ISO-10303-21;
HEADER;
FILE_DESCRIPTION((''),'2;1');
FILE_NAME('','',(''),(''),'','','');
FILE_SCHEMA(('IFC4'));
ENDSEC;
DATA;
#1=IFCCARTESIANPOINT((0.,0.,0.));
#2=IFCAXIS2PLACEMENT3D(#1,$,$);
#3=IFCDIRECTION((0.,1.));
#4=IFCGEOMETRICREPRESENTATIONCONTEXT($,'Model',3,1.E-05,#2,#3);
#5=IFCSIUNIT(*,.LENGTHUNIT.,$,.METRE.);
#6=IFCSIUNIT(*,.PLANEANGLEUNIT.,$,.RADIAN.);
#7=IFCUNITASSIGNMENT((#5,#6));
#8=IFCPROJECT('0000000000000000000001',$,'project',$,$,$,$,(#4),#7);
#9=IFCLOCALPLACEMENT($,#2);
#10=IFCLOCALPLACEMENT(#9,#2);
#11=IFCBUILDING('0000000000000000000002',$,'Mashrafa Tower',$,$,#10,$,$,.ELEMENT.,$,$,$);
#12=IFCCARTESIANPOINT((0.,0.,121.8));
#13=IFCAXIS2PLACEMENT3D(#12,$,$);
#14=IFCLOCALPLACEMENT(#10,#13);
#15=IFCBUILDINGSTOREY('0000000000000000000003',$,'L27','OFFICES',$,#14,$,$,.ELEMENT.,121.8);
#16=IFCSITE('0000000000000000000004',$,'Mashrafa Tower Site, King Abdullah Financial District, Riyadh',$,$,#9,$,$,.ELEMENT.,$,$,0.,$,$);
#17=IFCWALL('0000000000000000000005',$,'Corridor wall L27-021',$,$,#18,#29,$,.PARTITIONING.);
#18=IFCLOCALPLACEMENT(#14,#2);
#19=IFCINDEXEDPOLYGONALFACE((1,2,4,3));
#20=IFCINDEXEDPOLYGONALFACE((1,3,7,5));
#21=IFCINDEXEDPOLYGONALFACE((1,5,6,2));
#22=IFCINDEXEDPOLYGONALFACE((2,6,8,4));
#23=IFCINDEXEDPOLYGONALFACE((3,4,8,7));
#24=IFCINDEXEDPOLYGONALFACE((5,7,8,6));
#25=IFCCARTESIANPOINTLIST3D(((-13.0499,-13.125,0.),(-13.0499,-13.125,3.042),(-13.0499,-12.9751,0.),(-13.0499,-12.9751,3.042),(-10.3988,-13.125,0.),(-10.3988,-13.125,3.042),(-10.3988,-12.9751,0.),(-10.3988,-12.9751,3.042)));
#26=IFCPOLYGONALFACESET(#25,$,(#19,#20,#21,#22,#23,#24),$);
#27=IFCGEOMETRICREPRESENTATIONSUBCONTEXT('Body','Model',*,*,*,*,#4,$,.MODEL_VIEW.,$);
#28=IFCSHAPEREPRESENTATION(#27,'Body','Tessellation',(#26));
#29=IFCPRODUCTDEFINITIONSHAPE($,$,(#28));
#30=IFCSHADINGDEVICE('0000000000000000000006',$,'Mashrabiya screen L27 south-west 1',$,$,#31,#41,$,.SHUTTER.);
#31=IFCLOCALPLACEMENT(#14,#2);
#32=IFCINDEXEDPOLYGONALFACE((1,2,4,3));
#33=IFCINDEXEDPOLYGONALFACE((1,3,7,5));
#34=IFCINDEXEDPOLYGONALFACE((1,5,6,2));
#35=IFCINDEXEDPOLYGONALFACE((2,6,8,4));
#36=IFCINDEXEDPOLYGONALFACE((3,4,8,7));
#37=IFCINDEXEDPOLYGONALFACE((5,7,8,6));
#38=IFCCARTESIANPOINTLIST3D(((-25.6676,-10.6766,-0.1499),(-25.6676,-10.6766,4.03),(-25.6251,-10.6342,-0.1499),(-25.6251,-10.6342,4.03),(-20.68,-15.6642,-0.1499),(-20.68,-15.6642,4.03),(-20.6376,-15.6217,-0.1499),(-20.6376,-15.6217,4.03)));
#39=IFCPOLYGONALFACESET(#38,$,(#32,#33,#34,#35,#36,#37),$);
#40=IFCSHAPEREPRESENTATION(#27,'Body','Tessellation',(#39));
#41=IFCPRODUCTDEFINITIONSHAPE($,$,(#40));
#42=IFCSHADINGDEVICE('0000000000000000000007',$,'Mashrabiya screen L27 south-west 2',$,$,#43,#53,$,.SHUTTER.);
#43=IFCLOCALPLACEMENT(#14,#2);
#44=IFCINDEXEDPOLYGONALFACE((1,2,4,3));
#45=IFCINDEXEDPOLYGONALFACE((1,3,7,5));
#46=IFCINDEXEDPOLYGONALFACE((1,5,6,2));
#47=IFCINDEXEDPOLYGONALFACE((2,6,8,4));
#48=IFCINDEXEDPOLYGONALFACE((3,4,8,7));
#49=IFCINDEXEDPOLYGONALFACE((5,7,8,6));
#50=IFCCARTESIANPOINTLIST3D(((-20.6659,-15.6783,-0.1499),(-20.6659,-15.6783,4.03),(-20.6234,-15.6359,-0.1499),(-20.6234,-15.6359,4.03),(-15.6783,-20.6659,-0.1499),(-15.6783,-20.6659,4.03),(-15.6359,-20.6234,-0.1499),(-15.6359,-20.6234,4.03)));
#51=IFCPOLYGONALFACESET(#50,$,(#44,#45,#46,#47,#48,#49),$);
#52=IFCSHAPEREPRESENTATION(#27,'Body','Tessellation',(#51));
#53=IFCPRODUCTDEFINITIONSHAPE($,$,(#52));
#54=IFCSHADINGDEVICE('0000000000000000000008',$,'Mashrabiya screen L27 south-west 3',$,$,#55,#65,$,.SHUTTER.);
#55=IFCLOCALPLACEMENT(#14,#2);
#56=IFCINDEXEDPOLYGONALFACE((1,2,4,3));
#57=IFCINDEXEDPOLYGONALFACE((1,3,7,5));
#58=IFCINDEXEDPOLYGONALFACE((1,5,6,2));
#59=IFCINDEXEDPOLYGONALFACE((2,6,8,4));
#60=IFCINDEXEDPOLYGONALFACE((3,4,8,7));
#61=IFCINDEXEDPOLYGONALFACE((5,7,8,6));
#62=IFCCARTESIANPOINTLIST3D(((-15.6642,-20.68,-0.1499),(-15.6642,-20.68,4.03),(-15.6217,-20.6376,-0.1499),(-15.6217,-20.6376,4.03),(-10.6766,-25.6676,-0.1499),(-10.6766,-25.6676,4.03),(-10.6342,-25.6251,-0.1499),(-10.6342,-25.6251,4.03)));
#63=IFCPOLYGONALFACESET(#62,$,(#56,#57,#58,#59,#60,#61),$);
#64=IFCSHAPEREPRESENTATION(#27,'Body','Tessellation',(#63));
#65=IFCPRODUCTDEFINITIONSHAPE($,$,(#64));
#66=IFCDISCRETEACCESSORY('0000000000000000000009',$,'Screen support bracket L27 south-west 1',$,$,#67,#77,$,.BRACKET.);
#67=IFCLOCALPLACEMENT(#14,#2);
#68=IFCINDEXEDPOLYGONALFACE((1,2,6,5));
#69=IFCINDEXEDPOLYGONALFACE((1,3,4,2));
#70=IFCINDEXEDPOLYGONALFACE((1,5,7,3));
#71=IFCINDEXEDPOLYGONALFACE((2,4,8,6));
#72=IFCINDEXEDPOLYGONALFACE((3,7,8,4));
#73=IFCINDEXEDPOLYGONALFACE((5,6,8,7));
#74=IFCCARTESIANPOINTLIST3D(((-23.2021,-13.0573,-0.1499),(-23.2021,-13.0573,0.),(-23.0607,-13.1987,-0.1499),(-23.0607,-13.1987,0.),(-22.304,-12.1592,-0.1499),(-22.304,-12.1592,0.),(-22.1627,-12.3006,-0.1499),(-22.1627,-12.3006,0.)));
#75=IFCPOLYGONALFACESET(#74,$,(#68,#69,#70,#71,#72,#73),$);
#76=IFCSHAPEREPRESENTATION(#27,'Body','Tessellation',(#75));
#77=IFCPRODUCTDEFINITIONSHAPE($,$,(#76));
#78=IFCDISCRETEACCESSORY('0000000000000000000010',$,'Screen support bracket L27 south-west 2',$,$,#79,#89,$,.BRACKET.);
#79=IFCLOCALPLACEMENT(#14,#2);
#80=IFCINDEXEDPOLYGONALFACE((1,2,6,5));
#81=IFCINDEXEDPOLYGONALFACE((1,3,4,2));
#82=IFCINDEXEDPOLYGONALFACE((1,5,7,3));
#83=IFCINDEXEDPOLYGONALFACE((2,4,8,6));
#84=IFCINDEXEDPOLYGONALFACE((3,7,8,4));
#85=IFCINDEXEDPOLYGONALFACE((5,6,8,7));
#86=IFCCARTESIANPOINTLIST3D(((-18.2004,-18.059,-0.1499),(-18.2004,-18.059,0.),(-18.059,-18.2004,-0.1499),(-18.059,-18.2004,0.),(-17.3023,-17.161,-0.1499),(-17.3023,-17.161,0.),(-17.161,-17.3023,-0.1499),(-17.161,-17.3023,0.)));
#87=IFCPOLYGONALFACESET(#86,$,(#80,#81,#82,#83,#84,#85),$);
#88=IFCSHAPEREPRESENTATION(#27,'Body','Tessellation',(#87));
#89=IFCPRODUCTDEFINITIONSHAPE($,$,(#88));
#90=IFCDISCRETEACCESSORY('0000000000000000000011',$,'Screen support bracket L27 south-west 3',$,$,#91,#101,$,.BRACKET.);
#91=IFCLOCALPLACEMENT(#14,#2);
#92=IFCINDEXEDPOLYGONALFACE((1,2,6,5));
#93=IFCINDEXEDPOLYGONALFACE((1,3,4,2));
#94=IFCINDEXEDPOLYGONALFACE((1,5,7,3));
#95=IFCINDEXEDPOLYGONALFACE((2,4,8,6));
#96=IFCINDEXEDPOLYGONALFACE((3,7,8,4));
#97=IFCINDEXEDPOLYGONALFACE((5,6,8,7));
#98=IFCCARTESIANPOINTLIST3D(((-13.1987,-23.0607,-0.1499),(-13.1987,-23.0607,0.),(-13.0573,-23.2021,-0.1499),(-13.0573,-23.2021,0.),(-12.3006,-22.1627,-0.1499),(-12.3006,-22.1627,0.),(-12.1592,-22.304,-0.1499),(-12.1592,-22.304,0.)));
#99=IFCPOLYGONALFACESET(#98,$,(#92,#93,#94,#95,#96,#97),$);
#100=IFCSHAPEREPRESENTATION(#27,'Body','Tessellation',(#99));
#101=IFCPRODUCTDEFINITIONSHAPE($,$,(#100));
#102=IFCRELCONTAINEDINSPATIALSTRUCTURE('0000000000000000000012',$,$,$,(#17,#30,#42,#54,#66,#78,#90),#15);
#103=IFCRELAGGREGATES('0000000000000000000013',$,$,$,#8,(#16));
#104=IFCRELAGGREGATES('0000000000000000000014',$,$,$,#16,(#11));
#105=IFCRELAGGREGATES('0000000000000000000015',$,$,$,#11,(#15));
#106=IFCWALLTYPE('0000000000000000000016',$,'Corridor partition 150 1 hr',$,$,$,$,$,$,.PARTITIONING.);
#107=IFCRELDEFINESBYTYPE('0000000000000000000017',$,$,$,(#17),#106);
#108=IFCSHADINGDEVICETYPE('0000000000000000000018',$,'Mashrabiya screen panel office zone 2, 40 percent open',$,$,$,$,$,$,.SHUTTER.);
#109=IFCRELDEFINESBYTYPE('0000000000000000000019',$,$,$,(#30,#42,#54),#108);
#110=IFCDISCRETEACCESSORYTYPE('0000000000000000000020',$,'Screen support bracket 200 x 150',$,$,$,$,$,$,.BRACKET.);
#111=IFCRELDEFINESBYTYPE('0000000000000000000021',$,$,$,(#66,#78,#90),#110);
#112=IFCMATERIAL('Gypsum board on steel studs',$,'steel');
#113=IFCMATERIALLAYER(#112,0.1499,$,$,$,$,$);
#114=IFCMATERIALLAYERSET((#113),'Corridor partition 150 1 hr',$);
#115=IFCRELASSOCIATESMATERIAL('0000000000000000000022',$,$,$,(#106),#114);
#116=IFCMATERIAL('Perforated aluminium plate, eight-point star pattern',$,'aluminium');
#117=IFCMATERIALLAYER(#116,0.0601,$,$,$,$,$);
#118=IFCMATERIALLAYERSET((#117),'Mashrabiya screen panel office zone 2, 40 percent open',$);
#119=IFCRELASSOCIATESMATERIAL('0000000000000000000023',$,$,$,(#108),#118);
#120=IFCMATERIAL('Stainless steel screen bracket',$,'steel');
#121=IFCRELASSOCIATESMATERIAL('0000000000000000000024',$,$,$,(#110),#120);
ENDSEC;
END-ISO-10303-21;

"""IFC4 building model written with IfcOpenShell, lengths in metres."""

from ifc_helpers import new_model, si_unit, direction, frame, frame_2d, origin, origin_2d, place, context, subcontext, project, spatial, rectangle, extrude, source, transform, mapped, material, layer, layer_set, type_object, type_shapes, element, save


model = new_model("IFC4")

# Units and contexts
model_context = context("Model", 3, precision=1e-05, world=origin(), true_north=direction((0.0, 1.0)))
body_context = subcontext(model_context, "Body", "Model", "MODEL_VIEW")
ifc_project = project(units=[si_unit("LENGTHUNIT", "METRE"), si_unit("PLANEANGLEUNIT", "RADIAN")], contexts=[model_context])

# Site, building, storey
site_placement = place(None, origin())
site = spatial("IfcSite", under=ifc_project, at=site_placement, Name="Mashrafa Tower Site, King Abdullah Financial District, Riyadh", CompositionType="ELEMENT", RefElevation=0.0)
building_placement = place(site_placement, origin())
building = spatial("IfcBuilding", under=site, at=building_placement, Name="Mashrafa Tower", CompositionType="ELEMENT")
storey_placement = place(building_placement, frame((0.0, 0.0, 121.8)))
storey = spatial("IfcBuildingStorey", under=building, at=storey_placement, Name="L27", Description="OFFICES", CompositionType="ELEMENT", Elevation=121.8)

# Wall
ifc_material_1 = material(Name="Gypsum board on steel studs", Category="steel")
ifc_layer_1 = layer(ifc_material_1, 0.1499)
ifc_layer_set_1 = layer_set([ifc_layer_1], Name="Corridor partition 150 1 hr")
wall_type = type_object("IfcWallType", Name="Corridor partition 150 1 hr", PredefinedType="PARTITIONING", material=ifc_layer_set_1)
wall_placement = place(storey_placement, frame((-13.05, -13.05, 0.0), z_axis=(0.0, 0.0, 1.0), x_axis=(1.0, 0.0, 0.0)))
element("IfcWall", 1, at=wall_placement, inside=storey, type_object=wall_type, Name="Corridor wall L27-021", PredefinedType="PARTITIONING", context=body_context, shape_type="SweptSolid", body=[
    extrude(rectangle(XDim=2.6511, YDim=0.1499, at=frame_2d((1.3257, 0.0))), origin(), (0.0, 0.0, 1.0), 3.042),
])

# Shading devices
ifc_material_2 = material(Name="Perforated aluminium plate, eight-point star pattern", Category="aluminium")
ifc_layer_2 = layer(ifc_material_2, 0.0601)
ifc_layer_set_2 = layer_set([ifc_layer_2], Name="Mashrabiya screen panel office zone 2, 40 percent open")
shading_device_type = type_object("IfcShadingDeviceType", Name="Mashrabiya screen panel office zone 2, 40 percent open", PredefinedType="SHUTTER", material=ifc_layer_set_2)
shared_shape_1 = source(origin(), body_context, "Body", "SweptSolid", [
    extrude(rectangle(XDim=7.0535, YDim=0.0601, at=origin_2d()), origin(), (0.0, 0.0, 1.0), 4.1799),
])
type_shapes(shading_device_type, [shared_shape_1])
for number, where, z_axis, x_axis, name in (
    (2, (-23.1526, -13.1492, -0.1499), (0.0, 0.0, 1.0), (0.707107, -0.707107, 0.0), "Mashrabiya screen L27 south-west 1"),
    (3, (-18.1509, -18.1509, -0.1499), (0.0, 0.0, 1.0), (0.707107, -0.707107, 0.0), "Mashrabiya screen L27 south-west 2"),
    (4, (-13.1492, -23.1526, -0.1499), (0.0, 0.0, 1.0), (0.707107, -0.707107, 0.0), "Mashrabiya screen L27 south-west 3"),
):
    element("IfcShadingDevice", number, at=place(storey_placement, frame(where, z_axis=z_axis, x_axis=x_axis)), inside=storey, type_object=shading_device_type, Name=name, PredefinedType="SHUTTER", context=body_context, shape_type="MappedRepresentation", body=[
        mapped(shared_shape_1, transform((0.0, 0.0, 0.0))),
    ])

# Discrete accessories
ifc_material_3 = material(Name="Stainless steel screen bracket", Category="steel")
discrete_accessory_type = type_object("IfcDiscreteAccessoryType", Name="Screen support bracket 200 x 150", PredefinedType="BRACKET", material=ifc_material_3)
shared_shape_2 = source(origin(), body_context, "Body", "SweptSolid", [
    extrude(rectangle(XDim=0.2, YDim=1.27, at=origin_2d()), origin(), (0.0, 0.0, 1.0), 0.1499),
])
type_shapes(discrete_accessory_type, [shared_shape_2])
for number, where, z_axis, x_axis, name in (
    (5, (-22.6824, -12.679, -0.1499), (0.0, 0.0, 1.0), (0.707107, -0.707107, 0.0), "Screen support bracket L27 south-west 1"),
    (6, (-17.6807, -17.6807, -0.1499), (0.0, 0.0, 1.0), (0.707107, -0.707107, 0.0), "Screen support bracket L27 south-west 2"),
    (7, (-12.679, -22.6824, -0.1499), (0.0, 0.0, 1.0), (0.707107, -0.707107, 0.0), "Screen support bracket L27 south-west 3"),
):
    element("IfcDiscreteAccessory", number, at=place(storey_placement, frame(where, z_axis=z_axis, x_axis=x_axis)), inside=storey, type_object=discrete_accessory_type, Name=name, PredefinedType="BRACKET", context=body_context, shape_type="MappedRepresentation", body=[
        mapped(shared_shape_2, transform((0.0, 0.0, 0.0))),
    ])

save(model, "model.ifc")
